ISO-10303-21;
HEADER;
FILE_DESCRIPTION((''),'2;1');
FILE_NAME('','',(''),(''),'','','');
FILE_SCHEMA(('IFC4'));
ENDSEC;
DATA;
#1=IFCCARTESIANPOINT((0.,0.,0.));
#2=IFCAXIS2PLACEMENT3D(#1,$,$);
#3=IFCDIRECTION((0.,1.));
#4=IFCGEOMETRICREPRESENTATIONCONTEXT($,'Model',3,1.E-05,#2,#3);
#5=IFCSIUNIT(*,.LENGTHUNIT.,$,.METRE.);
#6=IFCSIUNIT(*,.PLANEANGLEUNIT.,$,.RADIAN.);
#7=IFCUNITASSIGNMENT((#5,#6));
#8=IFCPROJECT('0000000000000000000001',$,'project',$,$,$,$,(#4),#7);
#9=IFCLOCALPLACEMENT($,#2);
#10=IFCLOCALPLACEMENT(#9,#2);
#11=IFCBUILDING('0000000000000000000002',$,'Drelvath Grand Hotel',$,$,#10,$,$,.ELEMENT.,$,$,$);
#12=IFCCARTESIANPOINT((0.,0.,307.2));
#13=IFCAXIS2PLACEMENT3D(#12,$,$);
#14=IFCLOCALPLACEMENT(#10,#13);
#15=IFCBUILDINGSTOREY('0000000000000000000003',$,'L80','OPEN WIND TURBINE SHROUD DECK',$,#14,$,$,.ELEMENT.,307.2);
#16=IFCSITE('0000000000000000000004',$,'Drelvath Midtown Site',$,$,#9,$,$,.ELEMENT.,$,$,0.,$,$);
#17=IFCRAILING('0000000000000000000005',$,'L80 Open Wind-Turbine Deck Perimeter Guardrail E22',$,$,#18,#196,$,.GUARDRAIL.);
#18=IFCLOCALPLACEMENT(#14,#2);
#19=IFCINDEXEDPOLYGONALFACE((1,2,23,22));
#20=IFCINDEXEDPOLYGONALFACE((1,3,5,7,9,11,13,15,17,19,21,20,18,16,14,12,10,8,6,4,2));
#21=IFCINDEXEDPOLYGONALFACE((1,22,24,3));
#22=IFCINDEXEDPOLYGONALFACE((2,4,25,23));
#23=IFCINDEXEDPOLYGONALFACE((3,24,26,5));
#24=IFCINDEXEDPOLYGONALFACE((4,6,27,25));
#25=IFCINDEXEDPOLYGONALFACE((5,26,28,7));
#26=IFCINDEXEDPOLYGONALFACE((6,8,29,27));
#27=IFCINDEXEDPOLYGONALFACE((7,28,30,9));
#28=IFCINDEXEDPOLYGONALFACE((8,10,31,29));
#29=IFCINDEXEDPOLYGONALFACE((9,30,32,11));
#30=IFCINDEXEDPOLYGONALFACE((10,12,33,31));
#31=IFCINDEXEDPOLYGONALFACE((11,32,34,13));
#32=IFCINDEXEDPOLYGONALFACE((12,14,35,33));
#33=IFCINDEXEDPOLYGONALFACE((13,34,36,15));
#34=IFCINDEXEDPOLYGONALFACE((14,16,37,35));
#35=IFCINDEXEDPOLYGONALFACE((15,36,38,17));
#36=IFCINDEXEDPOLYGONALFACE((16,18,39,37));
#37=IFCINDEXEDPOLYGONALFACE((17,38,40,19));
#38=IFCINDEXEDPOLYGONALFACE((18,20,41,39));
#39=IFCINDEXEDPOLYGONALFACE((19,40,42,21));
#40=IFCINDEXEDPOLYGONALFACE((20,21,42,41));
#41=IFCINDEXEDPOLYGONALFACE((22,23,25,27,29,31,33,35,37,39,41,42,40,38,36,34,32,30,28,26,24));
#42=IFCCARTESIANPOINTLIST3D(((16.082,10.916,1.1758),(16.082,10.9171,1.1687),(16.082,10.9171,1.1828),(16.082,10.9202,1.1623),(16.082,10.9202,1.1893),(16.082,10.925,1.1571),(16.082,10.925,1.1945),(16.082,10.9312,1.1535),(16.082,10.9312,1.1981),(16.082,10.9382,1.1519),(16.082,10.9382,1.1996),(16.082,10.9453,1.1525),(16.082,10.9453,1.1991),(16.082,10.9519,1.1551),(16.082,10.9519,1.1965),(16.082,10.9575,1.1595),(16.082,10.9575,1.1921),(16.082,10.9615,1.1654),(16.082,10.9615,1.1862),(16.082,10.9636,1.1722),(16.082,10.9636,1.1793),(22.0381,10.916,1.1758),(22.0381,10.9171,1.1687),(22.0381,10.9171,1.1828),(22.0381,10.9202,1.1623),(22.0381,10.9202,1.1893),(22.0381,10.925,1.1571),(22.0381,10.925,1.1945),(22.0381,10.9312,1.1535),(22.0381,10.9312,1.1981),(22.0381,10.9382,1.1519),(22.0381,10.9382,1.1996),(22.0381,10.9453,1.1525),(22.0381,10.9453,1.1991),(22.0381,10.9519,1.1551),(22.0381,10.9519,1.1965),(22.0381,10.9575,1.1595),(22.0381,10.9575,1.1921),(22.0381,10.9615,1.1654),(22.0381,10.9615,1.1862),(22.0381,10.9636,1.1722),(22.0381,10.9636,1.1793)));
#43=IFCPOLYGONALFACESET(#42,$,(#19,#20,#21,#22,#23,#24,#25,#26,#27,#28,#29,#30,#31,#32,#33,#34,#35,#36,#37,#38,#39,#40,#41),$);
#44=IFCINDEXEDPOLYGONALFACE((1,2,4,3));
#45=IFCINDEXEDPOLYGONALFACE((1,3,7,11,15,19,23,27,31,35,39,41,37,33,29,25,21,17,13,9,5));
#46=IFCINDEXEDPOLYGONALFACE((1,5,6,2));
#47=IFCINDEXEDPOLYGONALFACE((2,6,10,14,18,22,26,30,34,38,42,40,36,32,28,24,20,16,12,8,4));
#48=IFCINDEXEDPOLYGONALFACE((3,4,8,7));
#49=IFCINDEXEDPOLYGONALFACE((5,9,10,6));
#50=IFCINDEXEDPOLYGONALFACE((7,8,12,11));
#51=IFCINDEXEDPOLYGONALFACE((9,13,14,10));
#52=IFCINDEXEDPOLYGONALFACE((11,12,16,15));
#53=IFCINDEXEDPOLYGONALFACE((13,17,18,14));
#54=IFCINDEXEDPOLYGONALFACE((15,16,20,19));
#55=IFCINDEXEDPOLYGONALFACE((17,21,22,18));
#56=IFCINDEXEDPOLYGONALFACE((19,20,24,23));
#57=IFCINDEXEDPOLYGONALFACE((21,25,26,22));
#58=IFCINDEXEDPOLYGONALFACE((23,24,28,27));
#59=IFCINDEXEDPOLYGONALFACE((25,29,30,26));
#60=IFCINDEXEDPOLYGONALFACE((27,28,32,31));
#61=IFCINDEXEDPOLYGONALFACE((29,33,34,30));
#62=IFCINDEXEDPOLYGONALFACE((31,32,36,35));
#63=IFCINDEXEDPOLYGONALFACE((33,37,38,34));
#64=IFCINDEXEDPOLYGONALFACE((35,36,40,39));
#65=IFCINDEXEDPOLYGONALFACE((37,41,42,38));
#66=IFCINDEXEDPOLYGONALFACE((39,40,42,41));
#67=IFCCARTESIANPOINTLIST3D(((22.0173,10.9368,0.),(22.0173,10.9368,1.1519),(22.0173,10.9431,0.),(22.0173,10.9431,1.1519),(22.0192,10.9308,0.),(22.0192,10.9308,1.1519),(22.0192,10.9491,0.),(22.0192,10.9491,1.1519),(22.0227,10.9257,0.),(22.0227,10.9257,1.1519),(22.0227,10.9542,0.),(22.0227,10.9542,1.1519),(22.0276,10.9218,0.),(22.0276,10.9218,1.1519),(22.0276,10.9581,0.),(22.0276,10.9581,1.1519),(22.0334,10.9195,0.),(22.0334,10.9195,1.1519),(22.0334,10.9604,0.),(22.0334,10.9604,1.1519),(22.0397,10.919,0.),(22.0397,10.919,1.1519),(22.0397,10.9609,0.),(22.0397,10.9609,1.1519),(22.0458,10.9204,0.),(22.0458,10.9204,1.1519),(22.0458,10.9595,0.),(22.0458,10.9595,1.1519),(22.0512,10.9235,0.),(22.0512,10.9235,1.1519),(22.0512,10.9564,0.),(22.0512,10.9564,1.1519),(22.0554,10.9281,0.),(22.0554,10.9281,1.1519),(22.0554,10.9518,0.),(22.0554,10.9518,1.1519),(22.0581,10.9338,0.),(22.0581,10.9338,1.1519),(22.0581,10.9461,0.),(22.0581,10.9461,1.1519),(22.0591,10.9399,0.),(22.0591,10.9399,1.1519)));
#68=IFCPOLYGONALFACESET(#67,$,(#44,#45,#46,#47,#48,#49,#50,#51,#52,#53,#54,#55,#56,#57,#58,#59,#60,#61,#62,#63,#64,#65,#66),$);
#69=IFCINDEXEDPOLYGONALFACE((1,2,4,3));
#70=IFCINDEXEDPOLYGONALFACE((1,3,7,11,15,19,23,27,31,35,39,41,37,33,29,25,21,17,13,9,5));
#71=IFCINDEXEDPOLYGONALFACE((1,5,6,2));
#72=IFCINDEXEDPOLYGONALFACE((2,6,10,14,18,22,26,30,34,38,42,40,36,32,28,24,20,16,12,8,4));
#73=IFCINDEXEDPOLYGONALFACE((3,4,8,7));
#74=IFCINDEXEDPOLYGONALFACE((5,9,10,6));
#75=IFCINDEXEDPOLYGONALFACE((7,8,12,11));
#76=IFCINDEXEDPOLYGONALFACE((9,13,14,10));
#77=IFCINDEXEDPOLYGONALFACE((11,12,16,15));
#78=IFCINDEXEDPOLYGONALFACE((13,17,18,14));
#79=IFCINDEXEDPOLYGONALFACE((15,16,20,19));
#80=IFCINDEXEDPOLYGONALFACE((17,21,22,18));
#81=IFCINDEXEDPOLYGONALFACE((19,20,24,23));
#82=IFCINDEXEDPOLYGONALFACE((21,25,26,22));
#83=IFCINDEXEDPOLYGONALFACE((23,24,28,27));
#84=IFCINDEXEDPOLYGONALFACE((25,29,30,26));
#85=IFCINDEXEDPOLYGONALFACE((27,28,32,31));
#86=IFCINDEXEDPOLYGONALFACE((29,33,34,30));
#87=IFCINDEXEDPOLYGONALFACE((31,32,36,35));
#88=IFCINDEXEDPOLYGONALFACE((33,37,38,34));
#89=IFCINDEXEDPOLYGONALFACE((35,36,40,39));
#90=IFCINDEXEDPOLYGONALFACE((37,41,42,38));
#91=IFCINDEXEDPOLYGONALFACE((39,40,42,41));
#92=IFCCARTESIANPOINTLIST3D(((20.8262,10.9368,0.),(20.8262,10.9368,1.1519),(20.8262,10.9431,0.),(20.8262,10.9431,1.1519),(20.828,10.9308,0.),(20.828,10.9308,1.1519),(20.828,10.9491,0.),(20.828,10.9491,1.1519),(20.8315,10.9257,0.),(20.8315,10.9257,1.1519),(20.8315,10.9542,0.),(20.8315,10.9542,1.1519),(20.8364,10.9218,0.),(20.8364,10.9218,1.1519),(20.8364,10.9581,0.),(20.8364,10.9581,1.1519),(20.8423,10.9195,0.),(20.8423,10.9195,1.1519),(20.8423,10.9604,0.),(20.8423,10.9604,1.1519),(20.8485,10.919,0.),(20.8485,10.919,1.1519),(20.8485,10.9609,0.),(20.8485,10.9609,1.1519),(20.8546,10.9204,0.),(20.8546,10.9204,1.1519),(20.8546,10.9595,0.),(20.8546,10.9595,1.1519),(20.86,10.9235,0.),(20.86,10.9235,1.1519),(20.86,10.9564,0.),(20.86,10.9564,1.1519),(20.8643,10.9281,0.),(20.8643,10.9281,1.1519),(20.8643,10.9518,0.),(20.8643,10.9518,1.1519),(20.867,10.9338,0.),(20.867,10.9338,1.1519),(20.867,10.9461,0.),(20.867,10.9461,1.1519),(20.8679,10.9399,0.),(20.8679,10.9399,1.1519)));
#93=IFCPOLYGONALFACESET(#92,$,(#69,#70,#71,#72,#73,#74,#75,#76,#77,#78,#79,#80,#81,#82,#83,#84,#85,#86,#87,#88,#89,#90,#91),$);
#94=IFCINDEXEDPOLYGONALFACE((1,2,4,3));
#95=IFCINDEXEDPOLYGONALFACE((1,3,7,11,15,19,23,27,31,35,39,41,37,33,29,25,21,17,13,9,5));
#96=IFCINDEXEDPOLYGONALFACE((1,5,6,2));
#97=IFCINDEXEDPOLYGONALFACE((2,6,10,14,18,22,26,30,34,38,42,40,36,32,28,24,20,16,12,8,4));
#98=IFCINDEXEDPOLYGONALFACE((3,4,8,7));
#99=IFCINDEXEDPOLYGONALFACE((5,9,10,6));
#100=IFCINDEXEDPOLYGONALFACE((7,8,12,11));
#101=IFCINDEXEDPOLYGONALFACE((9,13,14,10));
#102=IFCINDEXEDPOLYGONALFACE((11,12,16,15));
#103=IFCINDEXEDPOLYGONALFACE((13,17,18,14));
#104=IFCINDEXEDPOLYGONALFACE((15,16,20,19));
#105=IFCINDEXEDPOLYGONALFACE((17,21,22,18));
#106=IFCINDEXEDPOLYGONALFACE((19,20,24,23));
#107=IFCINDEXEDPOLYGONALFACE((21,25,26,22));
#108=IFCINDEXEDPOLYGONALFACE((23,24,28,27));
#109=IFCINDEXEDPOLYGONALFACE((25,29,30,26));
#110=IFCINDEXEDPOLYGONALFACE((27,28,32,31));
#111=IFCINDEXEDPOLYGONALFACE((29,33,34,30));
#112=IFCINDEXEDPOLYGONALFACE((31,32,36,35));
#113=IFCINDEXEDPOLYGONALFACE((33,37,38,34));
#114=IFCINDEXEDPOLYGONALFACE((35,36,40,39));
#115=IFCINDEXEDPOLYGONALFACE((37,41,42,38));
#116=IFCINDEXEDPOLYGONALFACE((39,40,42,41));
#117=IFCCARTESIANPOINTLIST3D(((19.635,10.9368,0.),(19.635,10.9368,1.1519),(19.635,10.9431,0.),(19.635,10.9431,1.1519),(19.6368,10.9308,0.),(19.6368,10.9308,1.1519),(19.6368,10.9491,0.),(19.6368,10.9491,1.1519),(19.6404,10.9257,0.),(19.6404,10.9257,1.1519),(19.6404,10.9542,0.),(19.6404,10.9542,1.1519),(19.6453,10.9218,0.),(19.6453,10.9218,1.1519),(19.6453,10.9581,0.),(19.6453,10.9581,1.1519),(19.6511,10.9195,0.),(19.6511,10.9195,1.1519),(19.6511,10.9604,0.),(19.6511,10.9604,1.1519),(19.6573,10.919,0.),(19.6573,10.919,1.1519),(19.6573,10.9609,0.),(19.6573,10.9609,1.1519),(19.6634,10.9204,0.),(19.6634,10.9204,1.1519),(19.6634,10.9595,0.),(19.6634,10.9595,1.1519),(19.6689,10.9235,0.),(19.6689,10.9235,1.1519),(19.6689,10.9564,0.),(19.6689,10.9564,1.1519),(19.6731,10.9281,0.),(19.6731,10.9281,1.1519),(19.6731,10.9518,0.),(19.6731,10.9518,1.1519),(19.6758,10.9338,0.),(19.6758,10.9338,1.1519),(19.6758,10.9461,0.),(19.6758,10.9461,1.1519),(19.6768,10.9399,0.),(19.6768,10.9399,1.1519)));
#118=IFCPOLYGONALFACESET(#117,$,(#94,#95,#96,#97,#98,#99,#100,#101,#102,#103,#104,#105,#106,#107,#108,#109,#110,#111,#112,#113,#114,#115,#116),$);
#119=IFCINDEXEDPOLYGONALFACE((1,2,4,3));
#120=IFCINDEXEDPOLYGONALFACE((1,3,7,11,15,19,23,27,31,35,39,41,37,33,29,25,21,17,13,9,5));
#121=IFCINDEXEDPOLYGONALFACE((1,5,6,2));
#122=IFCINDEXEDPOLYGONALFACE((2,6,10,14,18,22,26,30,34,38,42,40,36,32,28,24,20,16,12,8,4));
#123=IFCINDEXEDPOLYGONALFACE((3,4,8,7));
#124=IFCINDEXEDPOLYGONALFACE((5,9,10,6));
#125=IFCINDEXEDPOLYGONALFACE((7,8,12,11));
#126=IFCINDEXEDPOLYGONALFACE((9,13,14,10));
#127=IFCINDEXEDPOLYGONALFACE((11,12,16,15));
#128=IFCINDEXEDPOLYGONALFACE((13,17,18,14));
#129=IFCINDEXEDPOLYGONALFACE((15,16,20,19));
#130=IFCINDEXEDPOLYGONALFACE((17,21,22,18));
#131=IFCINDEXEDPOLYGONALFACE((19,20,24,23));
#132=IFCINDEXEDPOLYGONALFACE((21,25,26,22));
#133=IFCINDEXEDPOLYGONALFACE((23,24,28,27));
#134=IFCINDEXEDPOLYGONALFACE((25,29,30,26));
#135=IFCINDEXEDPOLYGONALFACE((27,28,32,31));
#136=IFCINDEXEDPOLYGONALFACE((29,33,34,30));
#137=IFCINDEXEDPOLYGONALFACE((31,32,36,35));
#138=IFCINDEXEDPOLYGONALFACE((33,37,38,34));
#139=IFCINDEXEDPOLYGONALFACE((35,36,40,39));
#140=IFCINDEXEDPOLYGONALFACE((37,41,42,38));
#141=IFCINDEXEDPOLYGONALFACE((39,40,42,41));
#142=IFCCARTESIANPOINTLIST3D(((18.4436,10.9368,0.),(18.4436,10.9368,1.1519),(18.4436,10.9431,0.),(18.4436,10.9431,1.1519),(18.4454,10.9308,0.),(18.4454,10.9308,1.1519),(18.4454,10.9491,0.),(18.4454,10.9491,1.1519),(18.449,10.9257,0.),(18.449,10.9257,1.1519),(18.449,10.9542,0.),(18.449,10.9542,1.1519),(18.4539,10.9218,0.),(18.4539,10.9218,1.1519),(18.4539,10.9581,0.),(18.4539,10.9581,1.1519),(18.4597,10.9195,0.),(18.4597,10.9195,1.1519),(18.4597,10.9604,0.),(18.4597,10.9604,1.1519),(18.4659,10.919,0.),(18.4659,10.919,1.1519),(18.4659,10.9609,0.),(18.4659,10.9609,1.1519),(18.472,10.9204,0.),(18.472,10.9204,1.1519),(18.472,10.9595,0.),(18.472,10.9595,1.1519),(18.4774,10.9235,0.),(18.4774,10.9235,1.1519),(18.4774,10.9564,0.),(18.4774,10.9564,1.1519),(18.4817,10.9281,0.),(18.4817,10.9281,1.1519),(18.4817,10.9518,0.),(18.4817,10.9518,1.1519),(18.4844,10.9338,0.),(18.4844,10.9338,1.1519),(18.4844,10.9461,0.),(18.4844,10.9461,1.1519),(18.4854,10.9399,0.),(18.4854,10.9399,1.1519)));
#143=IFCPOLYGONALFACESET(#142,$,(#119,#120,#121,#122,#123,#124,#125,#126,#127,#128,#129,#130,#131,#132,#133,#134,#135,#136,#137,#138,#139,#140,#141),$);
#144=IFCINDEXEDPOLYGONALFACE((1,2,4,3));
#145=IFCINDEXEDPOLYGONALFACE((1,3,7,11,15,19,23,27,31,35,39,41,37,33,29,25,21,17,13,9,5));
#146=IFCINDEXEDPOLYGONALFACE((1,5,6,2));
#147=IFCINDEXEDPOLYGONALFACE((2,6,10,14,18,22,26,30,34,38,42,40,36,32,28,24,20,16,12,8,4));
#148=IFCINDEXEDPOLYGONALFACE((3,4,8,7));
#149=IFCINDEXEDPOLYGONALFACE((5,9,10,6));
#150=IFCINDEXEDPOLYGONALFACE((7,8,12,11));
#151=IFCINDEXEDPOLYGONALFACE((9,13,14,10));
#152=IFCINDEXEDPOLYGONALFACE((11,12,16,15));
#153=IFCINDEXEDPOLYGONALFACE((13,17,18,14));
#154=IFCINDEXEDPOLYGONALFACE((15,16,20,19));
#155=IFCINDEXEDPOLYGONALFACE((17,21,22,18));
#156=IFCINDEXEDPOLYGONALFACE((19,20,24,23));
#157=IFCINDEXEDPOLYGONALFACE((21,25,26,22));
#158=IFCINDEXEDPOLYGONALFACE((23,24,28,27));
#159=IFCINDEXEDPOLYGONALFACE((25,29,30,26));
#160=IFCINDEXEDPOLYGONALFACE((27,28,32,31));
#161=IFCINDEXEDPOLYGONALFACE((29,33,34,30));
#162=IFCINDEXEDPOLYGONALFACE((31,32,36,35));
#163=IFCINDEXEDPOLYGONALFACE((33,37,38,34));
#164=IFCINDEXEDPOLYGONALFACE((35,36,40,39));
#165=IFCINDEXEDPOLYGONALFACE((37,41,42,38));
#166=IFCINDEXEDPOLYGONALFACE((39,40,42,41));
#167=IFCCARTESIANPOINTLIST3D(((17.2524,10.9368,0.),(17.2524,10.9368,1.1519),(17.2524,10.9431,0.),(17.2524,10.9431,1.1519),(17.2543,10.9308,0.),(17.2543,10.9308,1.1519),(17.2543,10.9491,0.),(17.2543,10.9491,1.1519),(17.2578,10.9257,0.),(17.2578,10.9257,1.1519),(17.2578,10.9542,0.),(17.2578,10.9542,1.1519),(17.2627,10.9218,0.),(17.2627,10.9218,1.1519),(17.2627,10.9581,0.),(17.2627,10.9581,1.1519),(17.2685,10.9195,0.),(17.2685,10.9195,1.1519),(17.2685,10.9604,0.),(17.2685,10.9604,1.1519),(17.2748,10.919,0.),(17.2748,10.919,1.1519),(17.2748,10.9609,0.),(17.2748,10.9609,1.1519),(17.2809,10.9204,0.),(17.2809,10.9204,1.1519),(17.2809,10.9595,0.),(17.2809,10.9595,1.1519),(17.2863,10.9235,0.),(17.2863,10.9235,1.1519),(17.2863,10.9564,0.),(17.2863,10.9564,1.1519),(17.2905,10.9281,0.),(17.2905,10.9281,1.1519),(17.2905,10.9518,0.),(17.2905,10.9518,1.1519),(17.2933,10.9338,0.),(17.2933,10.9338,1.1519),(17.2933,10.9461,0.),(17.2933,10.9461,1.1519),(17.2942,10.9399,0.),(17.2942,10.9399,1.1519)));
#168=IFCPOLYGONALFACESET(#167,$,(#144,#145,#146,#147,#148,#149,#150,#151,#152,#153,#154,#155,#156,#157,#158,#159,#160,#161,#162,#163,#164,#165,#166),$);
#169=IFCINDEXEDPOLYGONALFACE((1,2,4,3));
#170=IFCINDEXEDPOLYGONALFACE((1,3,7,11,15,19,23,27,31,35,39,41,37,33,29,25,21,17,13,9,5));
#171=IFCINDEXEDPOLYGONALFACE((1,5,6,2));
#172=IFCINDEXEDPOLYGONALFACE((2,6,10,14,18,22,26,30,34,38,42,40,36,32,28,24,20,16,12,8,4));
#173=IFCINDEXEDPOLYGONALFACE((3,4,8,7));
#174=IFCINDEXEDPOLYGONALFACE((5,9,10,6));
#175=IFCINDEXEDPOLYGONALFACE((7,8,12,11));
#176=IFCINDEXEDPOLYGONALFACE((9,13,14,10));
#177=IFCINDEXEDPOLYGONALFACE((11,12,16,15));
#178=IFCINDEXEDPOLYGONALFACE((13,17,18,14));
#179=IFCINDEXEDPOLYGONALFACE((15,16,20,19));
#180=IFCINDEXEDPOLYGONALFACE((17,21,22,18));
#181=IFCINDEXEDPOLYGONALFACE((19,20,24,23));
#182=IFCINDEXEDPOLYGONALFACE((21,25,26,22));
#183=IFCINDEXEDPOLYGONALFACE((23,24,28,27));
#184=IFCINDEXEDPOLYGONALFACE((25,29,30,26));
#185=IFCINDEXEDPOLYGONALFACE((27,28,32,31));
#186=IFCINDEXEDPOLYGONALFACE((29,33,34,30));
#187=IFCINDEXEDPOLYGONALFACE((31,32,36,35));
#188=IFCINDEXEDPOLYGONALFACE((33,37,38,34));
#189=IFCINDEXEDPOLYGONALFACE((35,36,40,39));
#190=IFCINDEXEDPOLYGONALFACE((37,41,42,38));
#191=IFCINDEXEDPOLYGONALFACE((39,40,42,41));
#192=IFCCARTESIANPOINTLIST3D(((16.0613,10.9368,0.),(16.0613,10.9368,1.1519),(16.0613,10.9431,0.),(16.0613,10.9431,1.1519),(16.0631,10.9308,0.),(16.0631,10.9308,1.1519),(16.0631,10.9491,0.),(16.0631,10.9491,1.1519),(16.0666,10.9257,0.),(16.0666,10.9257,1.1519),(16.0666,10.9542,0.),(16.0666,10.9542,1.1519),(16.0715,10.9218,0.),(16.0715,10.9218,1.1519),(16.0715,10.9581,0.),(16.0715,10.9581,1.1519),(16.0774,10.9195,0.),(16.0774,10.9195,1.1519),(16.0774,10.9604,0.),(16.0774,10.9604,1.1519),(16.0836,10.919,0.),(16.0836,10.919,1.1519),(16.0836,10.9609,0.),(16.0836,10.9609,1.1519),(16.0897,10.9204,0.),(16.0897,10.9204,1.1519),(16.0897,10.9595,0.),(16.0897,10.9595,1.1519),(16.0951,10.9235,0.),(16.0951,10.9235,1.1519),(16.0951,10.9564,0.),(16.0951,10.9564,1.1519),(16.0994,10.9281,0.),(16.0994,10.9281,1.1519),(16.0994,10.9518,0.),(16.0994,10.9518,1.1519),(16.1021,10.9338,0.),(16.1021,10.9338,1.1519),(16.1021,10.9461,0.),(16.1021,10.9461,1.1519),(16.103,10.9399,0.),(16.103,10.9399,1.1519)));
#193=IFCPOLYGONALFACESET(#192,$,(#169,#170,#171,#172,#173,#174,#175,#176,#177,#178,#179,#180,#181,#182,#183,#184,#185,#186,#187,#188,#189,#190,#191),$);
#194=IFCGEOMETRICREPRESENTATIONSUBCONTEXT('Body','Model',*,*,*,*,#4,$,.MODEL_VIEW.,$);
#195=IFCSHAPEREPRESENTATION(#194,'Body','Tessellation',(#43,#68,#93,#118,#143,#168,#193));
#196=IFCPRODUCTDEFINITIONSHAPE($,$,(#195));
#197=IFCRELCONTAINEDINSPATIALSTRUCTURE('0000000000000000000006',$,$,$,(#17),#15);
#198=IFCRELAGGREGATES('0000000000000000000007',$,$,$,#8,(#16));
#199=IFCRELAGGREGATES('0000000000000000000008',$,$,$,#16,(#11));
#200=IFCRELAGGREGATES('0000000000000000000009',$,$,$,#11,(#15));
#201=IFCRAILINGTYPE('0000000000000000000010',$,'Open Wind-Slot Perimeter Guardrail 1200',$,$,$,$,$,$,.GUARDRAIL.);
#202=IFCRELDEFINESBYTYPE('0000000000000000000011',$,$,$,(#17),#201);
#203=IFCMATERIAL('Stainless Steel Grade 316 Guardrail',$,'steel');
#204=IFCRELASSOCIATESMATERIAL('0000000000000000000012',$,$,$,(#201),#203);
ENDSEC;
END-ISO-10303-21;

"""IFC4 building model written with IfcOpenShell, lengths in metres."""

from ifc_helpers import new_model, si_unit, direction, frame, origin, origin_2d, place, context, subcontext, project, spatial, circle, extrude, material, type_object, element, save


model = new_model("IFC4")

# Units and contexts
model_context = context("Model", 3, precision=1e-05, world=origin(), true_north=direction((0.0, 1.0)))
body_context = subcontext(model_context, "Body", "Model", "MODEL_VIEW")
ifc_project = project(units=[si_unit("LENGTHUNIT", "METRE"), si_unit("PLANEANGLEUNIT", "RADIAN")], contexts=[model_context])

# Site, building, storey
site_placement = place(None, origin())
site = spatial("IfcSite", under=ifc_project, at=site_placement, Name="Drelvath Midtown Site", CompositionType="ELEMENT", RefElevation=0.0)
building_placement = place(site_placement, origin())
building = spatial("IfcBuilding", under=site, at=building_placement, Name="Drelvath Grand Hotel", CompositionType="ELEMENT")
storey_placement = place(building_placement, frame((0.0, 0.0, 307.2)))
storey = spatial("IfcBuildingStorey", under=building, at=storey_placement, Name="L80", Description="OPEN WIND TURBINE SHROUD DECK", CompositionType="ELEMENT", Elevation=307.2)

# Railing
ifc_material_1 = material(Name="Stainless Steel Grade 316 Guardrail", Category="steel")
railing_type = type_object("IfcRailingType", Name="Open Wind-Slot Perimeter Guardrail 1200", PredefinedType="GUARDRAIL", material=ifc_material_1)
railing_1_placement = place(storey_placement, frame((22.0381, 10.9399, 0.0)))
element("IfcRailing", 1, at=railing_1_placement, inside=storey, type_object=railing_type, Name="L80 Open Wind-Turbine Deck Perimeter Guardrail E22", PredefinedType="GUARDRAIL", context=body_context, shape_type="SweptSolid", body=[
    extrude(circle(Radius=0.0239, at=origin_2d()), frame((0.0, 0.0, 1.1758), z_axis=(-1.0, 0.0, 0.0), x_axis=(0.0, -1.0, 0.0)), (0.0, 0.0, 1.0), 5.9561),
    extrude(circle(Radius=0.021, at=origin_2d()), origin(), (0.0, 0.0, 1.0), 1.1519),
    extrude(circle(Radius=0.021, at=origin_2d()), frame((-1.1912, 0.0, 0.0)), (0.0, 0.0, 1.0), 1.1519),
    extrude(circle(Radius=0.021, at=origin_2d()), frame((-2.3823, 0.0, 0.0)), (0.0, 0.0, 1.0), 1.1519),
    extrude(circle(Radius=0.021, at=origin_2d()), frame((-3.5737, 0.0, 0.0)), (0.0, 0.0, 1.0), 1.1519),
    extrude(circle(Radius=0.021, at=origin_2d()), frame((-4.7649, 0.0, 0.0)), (0.0, 0.0, 1.0), 1.1519),
    extrude(circle(Radius=0.021, at=origin_2d()), frame((-5.9561, 0.0, 0.0)), (0.0, 0.0, 1.0), 1.1519),
])

save(model, "model.ifc")
